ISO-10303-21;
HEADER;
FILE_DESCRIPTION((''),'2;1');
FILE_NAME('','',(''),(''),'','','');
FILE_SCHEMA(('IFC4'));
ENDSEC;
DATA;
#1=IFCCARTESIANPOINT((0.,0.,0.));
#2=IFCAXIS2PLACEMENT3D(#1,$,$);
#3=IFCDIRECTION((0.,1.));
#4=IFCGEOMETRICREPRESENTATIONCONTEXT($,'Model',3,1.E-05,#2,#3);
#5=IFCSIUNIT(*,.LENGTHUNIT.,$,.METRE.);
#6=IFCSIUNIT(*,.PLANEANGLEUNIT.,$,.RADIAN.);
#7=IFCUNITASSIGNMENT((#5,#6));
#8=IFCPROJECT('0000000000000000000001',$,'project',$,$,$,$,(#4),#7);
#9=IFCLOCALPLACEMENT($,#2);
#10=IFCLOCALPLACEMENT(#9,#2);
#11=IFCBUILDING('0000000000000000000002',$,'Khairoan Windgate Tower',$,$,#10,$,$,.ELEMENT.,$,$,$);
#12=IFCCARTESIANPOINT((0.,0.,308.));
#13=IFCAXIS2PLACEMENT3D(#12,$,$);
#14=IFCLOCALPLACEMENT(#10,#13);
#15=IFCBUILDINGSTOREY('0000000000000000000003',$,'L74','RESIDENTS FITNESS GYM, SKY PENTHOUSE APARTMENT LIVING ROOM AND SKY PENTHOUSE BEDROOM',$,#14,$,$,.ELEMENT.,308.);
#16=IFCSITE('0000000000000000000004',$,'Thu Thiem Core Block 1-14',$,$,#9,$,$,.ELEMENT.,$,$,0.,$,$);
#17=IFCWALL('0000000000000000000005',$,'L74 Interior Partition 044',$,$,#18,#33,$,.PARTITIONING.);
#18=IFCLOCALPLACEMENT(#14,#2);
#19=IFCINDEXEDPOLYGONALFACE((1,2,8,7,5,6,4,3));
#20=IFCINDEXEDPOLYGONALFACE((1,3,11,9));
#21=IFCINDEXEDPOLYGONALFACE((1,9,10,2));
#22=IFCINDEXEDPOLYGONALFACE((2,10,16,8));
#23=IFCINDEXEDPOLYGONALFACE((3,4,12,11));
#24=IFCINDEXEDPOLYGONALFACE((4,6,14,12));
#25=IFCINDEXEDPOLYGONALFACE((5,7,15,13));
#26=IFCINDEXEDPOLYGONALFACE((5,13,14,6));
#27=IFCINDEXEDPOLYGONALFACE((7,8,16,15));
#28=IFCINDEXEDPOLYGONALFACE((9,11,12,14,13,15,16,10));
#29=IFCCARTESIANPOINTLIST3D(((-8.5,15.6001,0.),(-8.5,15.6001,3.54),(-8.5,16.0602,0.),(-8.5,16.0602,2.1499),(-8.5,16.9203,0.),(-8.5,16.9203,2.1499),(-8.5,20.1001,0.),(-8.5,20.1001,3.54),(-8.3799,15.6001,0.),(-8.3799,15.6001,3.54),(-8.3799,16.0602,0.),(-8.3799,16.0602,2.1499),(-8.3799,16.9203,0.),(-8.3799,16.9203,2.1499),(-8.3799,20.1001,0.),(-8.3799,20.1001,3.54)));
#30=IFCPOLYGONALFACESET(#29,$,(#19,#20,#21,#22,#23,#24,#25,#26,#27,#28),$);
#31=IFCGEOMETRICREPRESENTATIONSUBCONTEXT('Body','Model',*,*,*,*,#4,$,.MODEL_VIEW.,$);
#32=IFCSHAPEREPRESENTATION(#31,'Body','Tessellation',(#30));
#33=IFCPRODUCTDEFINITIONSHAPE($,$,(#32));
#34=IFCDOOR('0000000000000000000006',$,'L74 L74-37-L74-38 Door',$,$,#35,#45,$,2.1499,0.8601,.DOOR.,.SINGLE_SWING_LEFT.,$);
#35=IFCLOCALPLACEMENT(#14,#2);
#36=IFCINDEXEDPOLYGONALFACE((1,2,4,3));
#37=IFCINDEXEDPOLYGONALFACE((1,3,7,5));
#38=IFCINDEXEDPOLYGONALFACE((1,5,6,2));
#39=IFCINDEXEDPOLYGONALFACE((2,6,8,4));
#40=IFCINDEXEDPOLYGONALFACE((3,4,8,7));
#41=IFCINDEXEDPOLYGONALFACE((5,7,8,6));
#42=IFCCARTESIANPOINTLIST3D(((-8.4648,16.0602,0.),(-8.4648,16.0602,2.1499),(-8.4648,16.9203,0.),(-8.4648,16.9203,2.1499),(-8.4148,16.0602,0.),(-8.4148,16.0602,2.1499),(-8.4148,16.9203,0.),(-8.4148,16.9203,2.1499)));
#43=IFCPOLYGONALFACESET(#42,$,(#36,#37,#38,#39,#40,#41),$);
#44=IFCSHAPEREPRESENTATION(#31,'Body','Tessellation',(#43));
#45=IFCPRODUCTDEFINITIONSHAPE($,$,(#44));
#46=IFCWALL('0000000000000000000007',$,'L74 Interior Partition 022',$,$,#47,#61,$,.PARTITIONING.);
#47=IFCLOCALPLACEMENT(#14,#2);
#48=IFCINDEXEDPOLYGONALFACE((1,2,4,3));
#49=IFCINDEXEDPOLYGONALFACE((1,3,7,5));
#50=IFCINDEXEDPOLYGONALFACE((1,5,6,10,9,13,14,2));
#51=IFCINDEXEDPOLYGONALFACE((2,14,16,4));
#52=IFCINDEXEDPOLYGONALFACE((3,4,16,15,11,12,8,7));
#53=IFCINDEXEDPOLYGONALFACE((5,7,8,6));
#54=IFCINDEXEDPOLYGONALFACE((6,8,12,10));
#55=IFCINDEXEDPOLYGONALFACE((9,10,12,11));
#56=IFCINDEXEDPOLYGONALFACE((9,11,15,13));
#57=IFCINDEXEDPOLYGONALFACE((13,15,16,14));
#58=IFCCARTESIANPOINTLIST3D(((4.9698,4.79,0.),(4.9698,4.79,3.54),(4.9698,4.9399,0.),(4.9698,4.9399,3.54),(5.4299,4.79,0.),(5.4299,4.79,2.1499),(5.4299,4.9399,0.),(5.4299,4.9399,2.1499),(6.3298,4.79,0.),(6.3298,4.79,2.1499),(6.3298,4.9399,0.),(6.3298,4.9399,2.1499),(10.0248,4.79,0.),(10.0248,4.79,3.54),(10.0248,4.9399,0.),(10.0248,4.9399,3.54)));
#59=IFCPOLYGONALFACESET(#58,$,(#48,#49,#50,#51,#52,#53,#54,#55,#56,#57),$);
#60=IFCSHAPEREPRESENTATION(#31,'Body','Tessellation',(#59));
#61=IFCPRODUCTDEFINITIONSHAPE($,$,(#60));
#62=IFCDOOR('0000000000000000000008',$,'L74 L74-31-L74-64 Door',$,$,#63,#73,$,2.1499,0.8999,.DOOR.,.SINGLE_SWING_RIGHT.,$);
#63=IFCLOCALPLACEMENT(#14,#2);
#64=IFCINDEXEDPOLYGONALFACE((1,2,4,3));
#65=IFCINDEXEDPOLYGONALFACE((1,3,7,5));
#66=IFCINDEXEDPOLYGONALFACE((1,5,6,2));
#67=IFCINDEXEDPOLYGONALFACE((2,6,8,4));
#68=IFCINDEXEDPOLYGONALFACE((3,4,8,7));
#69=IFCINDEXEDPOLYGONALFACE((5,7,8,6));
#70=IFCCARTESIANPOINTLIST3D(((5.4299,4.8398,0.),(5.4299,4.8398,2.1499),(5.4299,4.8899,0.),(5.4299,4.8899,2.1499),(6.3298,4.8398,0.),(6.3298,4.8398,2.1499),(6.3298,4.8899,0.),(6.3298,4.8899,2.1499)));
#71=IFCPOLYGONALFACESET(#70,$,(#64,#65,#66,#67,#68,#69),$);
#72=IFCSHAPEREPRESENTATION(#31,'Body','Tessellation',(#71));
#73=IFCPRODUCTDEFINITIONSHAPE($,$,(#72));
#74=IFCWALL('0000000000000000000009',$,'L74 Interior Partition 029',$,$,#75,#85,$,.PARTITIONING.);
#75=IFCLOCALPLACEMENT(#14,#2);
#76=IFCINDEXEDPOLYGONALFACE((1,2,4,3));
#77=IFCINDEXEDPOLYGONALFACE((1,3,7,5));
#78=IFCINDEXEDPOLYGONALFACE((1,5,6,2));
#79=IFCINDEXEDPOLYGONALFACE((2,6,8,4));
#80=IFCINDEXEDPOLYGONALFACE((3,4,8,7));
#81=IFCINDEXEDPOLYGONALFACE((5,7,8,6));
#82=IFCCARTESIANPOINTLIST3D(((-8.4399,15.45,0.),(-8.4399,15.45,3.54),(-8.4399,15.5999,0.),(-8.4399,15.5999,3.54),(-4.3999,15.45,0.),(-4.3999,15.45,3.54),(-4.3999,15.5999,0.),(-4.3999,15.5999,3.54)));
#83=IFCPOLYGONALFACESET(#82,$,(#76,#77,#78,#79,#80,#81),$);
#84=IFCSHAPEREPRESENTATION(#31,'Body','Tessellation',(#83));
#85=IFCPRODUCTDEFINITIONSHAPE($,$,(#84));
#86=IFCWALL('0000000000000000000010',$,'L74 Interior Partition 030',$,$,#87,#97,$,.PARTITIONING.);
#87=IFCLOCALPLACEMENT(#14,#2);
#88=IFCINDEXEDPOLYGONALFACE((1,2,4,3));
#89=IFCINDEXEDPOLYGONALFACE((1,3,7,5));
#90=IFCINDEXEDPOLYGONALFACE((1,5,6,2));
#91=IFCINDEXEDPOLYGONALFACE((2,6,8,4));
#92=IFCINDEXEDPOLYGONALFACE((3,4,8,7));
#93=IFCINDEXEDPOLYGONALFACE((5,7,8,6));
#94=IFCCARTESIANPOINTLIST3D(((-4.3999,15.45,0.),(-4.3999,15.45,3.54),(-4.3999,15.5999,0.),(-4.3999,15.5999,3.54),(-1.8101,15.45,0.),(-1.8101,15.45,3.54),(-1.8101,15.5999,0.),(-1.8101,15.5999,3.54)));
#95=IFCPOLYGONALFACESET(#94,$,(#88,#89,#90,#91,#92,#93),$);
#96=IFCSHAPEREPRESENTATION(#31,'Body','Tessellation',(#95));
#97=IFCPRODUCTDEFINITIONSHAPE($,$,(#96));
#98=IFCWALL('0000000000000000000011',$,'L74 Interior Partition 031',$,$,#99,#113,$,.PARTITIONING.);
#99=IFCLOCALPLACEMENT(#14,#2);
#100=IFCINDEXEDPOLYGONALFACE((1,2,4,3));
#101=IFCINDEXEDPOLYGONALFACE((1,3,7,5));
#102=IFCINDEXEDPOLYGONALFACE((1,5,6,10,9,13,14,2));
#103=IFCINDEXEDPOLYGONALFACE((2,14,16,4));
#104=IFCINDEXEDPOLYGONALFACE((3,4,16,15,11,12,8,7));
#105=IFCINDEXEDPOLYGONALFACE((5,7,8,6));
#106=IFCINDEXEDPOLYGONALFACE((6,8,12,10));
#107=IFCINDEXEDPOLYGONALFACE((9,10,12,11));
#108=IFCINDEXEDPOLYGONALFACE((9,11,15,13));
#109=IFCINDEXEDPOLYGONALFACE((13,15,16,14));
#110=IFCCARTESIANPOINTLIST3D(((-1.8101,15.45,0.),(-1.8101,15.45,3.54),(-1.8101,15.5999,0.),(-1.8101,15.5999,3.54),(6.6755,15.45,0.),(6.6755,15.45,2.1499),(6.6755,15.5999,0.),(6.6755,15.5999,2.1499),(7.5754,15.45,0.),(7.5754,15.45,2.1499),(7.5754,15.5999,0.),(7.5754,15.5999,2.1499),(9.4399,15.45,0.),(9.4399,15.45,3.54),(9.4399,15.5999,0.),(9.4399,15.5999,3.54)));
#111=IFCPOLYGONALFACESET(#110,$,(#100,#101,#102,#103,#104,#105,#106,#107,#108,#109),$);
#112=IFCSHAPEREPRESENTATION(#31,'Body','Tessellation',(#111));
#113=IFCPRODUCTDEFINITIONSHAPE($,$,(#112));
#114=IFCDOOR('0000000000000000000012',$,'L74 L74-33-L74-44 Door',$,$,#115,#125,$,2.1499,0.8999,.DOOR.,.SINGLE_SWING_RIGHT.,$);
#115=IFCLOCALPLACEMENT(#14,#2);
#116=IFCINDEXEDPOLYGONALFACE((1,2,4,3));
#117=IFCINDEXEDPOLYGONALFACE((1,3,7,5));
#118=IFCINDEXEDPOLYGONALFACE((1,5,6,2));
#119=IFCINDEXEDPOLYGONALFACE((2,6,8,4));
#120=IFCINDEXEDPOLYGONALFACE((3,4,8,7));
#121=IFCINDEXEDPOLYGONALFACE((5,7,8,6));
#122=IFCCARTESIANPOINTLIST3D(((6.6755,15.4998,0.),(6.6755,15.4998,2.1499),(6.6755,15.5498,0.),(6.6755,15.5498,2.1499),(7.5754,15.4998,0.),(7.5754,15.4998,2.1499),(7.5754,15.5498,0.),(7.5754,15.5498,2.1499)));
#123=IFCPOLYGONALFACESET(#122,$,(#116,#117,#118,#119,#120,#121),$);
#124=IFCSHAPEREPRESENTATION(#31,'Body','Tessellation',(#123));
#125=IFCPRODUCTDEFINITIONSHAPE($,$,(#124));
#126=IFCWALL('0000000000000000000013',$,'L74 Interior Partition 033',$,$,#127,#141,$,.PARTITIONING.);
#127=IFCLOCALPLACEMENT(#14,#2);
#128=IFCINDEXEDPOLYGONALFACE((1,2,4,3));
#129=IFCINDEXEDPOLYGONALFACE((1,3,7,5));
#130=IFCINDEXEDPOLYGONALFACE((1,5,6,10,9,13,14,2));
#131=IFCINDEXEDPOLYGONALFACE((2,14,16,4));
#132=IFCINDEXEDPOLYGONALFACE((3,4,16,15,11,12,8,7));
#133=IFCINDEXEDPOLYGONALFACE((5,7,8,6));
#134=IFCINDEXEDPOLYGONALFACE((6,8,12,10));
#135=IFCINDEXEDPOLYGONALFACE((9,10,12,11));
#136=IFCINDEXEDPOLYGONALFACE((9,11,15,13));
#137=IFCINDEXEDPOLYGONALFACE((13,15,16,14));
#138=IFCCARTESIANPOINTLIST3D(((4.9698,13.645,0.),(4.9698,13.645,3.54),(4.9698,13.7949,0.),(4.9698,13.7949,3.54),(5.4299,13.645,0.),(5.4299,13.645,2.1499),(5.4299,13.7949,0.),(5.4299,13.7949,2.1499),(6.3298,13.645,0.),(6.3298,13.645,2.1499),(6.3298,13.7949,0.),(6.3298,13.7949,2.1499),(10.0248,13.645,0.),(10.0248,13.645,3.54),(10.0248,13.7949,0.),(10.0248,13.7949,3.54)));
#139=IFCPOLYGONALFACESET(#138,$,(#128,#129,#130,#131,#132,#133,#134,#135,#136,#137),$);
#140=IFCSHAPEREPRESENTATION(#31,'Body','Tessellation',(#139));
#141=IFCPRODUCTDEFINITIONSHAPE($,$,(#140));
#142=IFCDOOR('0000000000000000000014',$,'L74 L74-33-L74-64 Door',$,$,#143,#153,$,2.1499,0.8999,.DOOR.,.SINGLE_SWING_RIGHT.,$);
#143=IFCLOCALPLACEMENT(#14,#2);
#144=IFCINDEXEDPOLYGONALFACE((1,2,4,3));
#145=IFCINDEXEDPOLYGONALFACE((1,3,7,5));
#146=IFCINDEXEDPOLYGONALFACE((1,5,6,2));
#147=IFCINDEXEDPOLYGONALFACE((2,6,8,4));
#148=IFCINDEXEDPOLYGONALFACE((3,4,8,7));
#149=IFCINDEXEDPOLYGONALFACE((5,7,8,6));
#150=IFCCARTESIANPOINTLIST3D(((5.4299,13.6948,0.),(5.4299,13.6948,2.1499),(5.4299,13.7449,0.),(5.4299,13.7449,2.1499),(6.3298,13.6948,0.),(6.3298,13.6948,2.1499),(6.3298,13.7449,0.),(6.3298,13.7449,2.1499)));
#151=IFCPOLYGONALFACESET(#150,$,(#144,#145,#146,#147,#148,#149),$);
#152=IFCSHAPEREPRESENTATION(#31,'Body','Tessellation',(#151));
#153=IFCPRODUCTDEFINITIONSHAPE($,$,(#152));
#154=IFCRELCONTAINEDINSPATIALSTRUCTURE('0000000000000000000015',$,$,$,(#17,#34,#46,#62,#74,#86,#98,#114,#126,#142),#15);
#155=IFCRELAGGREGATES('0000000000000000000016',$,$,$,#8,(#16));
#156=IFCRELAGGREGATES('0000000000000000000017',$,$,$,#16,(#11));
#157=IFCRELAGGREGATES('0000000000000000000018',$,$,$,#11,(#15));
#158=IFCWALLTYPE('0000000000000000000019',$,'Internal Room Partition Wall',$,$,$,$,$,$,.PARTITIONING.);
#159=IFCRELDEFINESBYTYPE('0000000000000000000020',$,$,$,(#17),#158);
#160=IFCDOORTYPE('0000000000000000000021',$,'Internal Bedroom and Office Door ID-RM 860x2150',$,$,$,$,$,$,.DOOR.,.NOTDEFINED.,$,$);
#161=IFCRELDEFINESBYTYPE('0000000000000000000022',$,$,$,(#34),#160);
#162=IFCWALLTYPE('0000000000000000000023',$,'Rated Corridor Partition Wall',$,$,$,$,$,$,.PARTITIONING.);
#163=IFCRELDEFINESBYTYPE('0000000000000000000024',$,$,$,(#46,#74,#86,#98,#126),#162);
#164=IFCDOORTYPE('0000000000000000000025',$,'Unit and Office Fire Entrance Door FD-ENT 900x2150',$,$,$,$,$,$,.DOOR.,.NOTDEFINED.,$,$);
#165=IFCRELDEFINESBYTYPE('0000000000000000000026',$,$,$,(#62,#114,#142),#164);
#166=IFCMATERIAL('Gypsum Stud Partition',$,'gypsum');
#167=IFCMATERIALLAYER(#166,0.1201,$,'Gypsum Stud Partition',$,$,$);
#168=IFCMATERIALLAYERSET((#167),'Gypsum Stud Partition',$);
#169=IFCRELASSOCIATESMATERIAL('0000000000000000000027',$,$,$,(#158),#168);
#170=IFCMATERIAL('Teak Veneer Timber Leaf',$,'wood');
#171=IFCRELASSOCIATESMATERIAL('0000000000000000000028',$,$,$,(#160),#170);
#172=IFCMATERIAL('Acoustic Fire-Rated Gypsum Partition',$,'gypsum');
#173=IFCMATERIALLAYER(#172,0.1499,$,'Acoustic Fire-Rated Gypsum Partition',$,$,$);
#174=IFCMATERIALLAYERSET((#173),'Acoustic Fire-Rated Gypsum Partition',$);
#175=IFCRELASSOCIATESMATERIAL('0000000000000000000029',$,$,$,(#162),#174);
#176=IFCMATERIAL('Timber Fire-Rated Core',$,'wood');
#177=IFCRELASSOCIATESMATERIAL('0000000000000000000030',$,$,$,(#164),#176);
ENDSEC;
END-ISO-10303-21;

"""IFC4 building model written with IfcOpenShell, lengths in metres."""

from ifc_helpers import new_model, si_unit, direction, frame, frame_2d, origin, place, context, subcontext, project, spatial, rectangle, extrude, material, layer, layer_set, type_object, element, fill, save


model = new_model("IFC4")

# Units and contexts
model_context = context("Model", 3, precision=1e-05, world=origin(), true_north=direction((0.0, 1.0)))
body_context = subcontext(model_context, "Body", "Model", "MODEL_VIEW")
ifc_project = project(units=[si_unit("LENGTHUNIT", "METRE"), si_unit("PLANEANGLEUNIT", "RADIAN")], contexts=[model_context])

# Site, building, storey
site_placement = place(None, origin())
site = spatial("IfcSite", under=ifc_project, at=site_placement, Name="Thu Thiem Core Block 1-14", CompositionType="ELEMENT", RefElevation=0.0)
building_placement = place(site_placement, origin())
building = spatial("IfcBuilding", under=site, at=building_placement, Name="Khairoan Windgate Tower", CompositionType="ELEMENT")
storey_placement = place(building_placement, frame((0.0, 0.0, 308.0)))
storey = spatial("IfcBuildingStorey", under=building, at=storey_placement, Name="L74", Description="RESIDENTS FITNESS GYM, SKY PENTHOUSE APARTMENT LIVING ROOM AND SKY PENTHOUSE BEDROOM", CompositionType="ELEMENT", Elevation=308.0)

# Walls, openings, doors
ifc_material_1 = material(Name="Gypsum Stud Partition", Category="gypsum")
ifc_layer_1 = layer(ifc_material_1, 0.1201, Name="Gypsum Stud Partition")
ifc_layer_set_1 = layer_set([ifc_layer_1], Name="Gypsum Stud Partition")
wall_type_1 = type_object("IfcWallType", Name="Internal Room Partition Wall", PredefinedType="PARTITIONING", material=ifc_layer_set_1)
wall_1_placement = place(storey_placement, frame((-8.4399, 15.6001, 0.0), z_axis=(0.0, 0.0, 1.0), x_axis=(0.0, 1.0, 0.0)))
wall_1 = element("IfcWall", 1, at=wall_1_placement, inside=storey, type_object=wall_type_1, Name="L74 Interior Partition 044", PredefinedType="PARTITIONING", context=body_context, shape_type="SweptSolid", body=[
    extrude(rectangle(XDim=4.5, YDim=0.1201, at=frame_2d((2.25, 0.0))), origin(), (0.0, 0.0, 1.0), 3.54),
])
opening_1_placement = place(wall_1_placement, frame((0.46, 0.0, 0.0)))
opening_1 = element("IfcOpeningElement", 2, at=opening_1_placement, cuts=wall_1, PredefinedType="OPENING", context=body_context, shape_type="SweptSolid", body=[
    extrude(rectangle(XDim=0.8601, YDim=2.1499, at=frame_2d((0.4302, 1.075))), frame((0.0, 0.0701, 0.0), z_axis=(0.0, -1.0, 0.0), x_axis=(1.0, 0.0, 0.0)), (0.0, 0.0, 1.0), 0.1401),
])
ifc_material_2 = material(Name="Teak Veneer Timber Leaf", Category="wood")
door_type_1 = type_object("IfcDoorType", Name="Internal Bedroom and Office Door ID-RM 860x2150", OperationType="NOTDEFINED", PredefinedType="DOOR", material=ifc_material_2)
door_1_placement = place(opening_1_placement, origin())
door_1 = element("IfcDoor", 3, at=door_1_placement, inside=storey, type_object=door_type_1, Name="L74 L74-37-L74-38 Door", OperationType="SINGLE_SWING_LEFT", OverallHeight=2.1499, OverallWidth=0.8601, PredefinedType="DOOR", context=body_context, shape_type="SweptSolid", body=[
    extrude(rectangle(XDim=0.8601, YDim=2.1499, at=frame_2d((0.4302, 1.075))), frame((0.0, 0.0249, 0.0), z_axis=(0.0, -1.0, 0.0), x_axis=(1.0, 0.0, 0.0)), (0.0, 0.0, 1.0), 0.05),
])
fill(opening_1, door_1)
ifc_material_3 = material(Name="Acoustic Fire-Rated Gypsum Partition", Category="gypsum")
ifc_layer_2 = layer(ifc_material_3, 0.1499, Name="Acoustic Fire-Rated Gypsum Partition")
ifc_layer_set_2 = layer_set([ifc_layer_2], Name="Acoustic Fire-Rated Gypsum Partition")
wall_type_2 = type_object("IfcWallType", Name="Rated Corridor Partition Wall", PredefinedType="PARTITIONING", material=ifc_layer_set_2)
wall_2_placement = place(storey_placement, frame((4.97, 4.865, 0.0), z_axis=(0.0, 0.0, 1.0), x_axis=(1.0, 0.0, 0.0)))
wall_2 = element("IfcWall", 4, at=wall_2_placement, inside=storey, type_object=wall_type_2, Name="L74 Interior Partition 022", PredefinedType="PARTITIONING", context=body_context, shape_type="SweptSolid", body=[
    extrude(rectangle(XDim=5.0549, YDim=0.1499, at=frame_2d((2.5273, 0.0))), origin(), (0.0, 0.0, 1.0), 3.54),
])
opening_2_placement = place(wall_2_placement, frame((0.46, 0.0, 0.0)))
opening_2 = element("IfcOpeningElement", 5, at=opening_2_placement, cuts=wall_2, PredefinedType="OPENING", context=body_context, shape_type="SweptSolid", body=[
    extrude(rectangle(XDim=0.8999, YDim=2.1499, at=frame_2d((0.45, 1.075))), frame((0.0, 0.085, 0.0), z_axis=(0.0, -1.0, 0.0), x_axis=(1.0, 0.0, 0.0)), (0.0, 0.0, 1.0), 0.1699),
])
ifc_material_4 = material(Name="Timber Fire-Rated Core", Category="wood")
door_type_2 = type_object("IfcDoorType", Name="Unit and Office Fire Entrance Door FD-ENT 900x2150", OperationType="NOTDEFINED", PredefinedType="DOOR", material=ifc_material_4)
door_2_placement = place(opening_2_placement, origin())
door_2 = element("IfcDoor", 6, at=door_2_placement, inside=storey, type_object=door_type_2, Name="L74 L74-31-L74-64 Door", OperationType="SINGLE_SWING_RIGHT", OverallHeight=2.1499, OverallWidth=0.8999, PredefinedType="DOOR", context=body_context, shape_type="SweptSolid", body=[
    extrude(rectangle(XDim=0.8999, YDim=2.1499, at=frame_2d((0.45, 1.075))), frame((0.0, 0.0249, 0.0), z_axis=(0.0, -1.0, 0.0), x_axis=(1.0, 0.0, 0.0)), (0.0, 0.0, 1.0), 0.05),
])
fill(opening_2, door_2)

# Walls
wall_3_placement = place(storey_placement, frame((-8.4399, 15.5249, 0.0), z_axis=(0.0, 0.0, 1.0), x_axis=(1.0, 0.0, 0.0)))
element("IfcWall", 7, at=wall_3_placement, inside=storey, type_object=wall_type_2, Name="L74 Interior Partition 029", PredefinedType="PARTITIONING", context=body_context, shape_type="SweptSolid", body=[
    extrude(rectangle(XDim=4.04, YDim=0.1499, at=frame_2d((2.02, 0.0))), origin(), (0.0, 0.0, 1.0), 3.54),
])
wall_4_placement = place(storey_placement, frame((-4.3999, 15.5249, 0.0), z_axis=(0.0, 0.0, 1.0), x_axis=(1.0, 0.0, 0.0)))
element("IfcWall", 8, at=wall_4_placement, inside=storey, type_object=wall_type_2, Name="L74 Interior Partition 030", PredefinedType="PARTITIONING", context=body_context, shape_type="SweptSolid", body=[
    extrude(rectangle(XDim=2.5898, YDim=0.1499, at=frame_2d((1.2949, 0.0))), origin(), (0.0, 0.0, 1.0), 3.54),
])

# Walls, openings, doors
wall_5_placement = place(storey_placement, frame((-1.8101, 15.5249, 0.0), z_axis=(0.0, 0.0, 1.0), x_axis=(1.0, 0.0, 0.0)))
wall_5 = element("IfcWall", 9, at=wall_5_placement, inside=storey, type_object=wall_type_2, Name="L74 Interior Partition 031", PredefinedType="PARTITIONING", context=body_context, shape_type="SweptSolid", body=[
    extrude(rectangle(XDim=11.25, YDim=0.1499, at=frame_2d((5.625, 0.0))), origin(), (0.0, 0.0, 1.0), 3.54),
])
opening_3_placement = place(wall_5_placement, frame((8.4856, 0.0, 0.0)))
opening_3 = element("IfcOpeningElement", 10, at=opening_3_placement, cuts=wall_5, PredefinedType="OPENING", context=body_context, shape_type="SweptSolid", body=[
    extrude(rectangle(XDim=0.8999, YDim=2.1499, at=frame_2d((0.45, 1.075))), frame((0.0, 0.085, 0.0), z_axis=(0.0, -1.0, 0.0), x_axis=(1.0, 0.0, 0.0)), (0.0, 0.0, 1.0), 0.1699),
])
door_3_placement = place(opening_3_placement, origin())
door_3 = element("IfcDoor", 11, at=door_3_placement, inside=storey, type_object=door_type_2, Name="L74 L74-33-L74-44 Door", OperationType="SINGLE_SWING_RIGHT", OverallHeight=2.1499, OverallWidth=0.8999, PredefinedType="DOOR", context=body_context, shape_type="SweptSolid", body=[
    extrude(rectangle(XDim=0.8999, YDim=2.1499, at=frame_2d((0.45, 1.075))), frame((0.0, 0.0249, 0.0), z_axis=(0.0, -1.0, 0.0), x_axis=(1.0, 0.0, 0.0)), (0.0, 0.0, 1.0), 0.05),
])
fill(opening_3, door_3)
wall_6_placement = place(storey_placement, frame((4.97, 13.72, 0.0), z_axis=(0.0, 0.0, 1.0), x_axis=(1.0, 0.0, 0.0)))
wall_6 = element("IfcWall", 12, at=wall_6_placement, inside=storey, type_object=wall_type_2, Name="L74 Interior Partition 033", PredefinedType="PARTITIONING", context=body_context, shape_type="SweptSolid", body=[
    extrude(rectangle(XDim=5.0549, YDim=0.1499, at=frame_2d((2.5273, 0.0))), origin(), (0.0, 0.0, 1.0), 3.54),
])
opening_4_placement = place(wall_6_placement, frame((0.46, 0.0, 0.0)))
opening_4 = element("IfcOpeningElement", 13, at=opening_4_placement, cuts=wall_6, PredefinedType="OPENING", context=body_context, shape_type="SweptSolid", body=[
    extrude(rectangle(XDim=0.8999, YDim=2.1499, at=frame_2d((0.45, 1.075))), frame((0.0, 0.085, 0.0), z_axis=(0.0, -1.0, 0.0), x_axis=(1.0, 0.0, 0.0)), (0.0, 0.0, 1.0), 0.1699),
])
door_4_placement = place(opening_4_placement, origin())
door_4 = element("IfcDoor", 14, at=door_4_placement, inside=storey, type_object=door_type_2, Name="L74 L74-33-L74-64 Door", OperationType="SINGLE_SWING_RIGHT", OverallHeight=2.1499, OverallWidth=0.8999, PredefinedType="DOOR", context=body_context, shape_type="SweptSolid", body=[
    extrude(rectangle(XDim=0.8999, YDim=2.1499, at=frame_2d((0.45, 1.075))), frame((0.0, 0.0249, 0.0), z_axis=(0.0, -1.0, 0.0), x_axis=(1.0, 0.0, 0.0)), (0.0, 0.0, 1.0), 0.05),
])
fill(opening_4, door_4)

save(model, "model.ifc")
